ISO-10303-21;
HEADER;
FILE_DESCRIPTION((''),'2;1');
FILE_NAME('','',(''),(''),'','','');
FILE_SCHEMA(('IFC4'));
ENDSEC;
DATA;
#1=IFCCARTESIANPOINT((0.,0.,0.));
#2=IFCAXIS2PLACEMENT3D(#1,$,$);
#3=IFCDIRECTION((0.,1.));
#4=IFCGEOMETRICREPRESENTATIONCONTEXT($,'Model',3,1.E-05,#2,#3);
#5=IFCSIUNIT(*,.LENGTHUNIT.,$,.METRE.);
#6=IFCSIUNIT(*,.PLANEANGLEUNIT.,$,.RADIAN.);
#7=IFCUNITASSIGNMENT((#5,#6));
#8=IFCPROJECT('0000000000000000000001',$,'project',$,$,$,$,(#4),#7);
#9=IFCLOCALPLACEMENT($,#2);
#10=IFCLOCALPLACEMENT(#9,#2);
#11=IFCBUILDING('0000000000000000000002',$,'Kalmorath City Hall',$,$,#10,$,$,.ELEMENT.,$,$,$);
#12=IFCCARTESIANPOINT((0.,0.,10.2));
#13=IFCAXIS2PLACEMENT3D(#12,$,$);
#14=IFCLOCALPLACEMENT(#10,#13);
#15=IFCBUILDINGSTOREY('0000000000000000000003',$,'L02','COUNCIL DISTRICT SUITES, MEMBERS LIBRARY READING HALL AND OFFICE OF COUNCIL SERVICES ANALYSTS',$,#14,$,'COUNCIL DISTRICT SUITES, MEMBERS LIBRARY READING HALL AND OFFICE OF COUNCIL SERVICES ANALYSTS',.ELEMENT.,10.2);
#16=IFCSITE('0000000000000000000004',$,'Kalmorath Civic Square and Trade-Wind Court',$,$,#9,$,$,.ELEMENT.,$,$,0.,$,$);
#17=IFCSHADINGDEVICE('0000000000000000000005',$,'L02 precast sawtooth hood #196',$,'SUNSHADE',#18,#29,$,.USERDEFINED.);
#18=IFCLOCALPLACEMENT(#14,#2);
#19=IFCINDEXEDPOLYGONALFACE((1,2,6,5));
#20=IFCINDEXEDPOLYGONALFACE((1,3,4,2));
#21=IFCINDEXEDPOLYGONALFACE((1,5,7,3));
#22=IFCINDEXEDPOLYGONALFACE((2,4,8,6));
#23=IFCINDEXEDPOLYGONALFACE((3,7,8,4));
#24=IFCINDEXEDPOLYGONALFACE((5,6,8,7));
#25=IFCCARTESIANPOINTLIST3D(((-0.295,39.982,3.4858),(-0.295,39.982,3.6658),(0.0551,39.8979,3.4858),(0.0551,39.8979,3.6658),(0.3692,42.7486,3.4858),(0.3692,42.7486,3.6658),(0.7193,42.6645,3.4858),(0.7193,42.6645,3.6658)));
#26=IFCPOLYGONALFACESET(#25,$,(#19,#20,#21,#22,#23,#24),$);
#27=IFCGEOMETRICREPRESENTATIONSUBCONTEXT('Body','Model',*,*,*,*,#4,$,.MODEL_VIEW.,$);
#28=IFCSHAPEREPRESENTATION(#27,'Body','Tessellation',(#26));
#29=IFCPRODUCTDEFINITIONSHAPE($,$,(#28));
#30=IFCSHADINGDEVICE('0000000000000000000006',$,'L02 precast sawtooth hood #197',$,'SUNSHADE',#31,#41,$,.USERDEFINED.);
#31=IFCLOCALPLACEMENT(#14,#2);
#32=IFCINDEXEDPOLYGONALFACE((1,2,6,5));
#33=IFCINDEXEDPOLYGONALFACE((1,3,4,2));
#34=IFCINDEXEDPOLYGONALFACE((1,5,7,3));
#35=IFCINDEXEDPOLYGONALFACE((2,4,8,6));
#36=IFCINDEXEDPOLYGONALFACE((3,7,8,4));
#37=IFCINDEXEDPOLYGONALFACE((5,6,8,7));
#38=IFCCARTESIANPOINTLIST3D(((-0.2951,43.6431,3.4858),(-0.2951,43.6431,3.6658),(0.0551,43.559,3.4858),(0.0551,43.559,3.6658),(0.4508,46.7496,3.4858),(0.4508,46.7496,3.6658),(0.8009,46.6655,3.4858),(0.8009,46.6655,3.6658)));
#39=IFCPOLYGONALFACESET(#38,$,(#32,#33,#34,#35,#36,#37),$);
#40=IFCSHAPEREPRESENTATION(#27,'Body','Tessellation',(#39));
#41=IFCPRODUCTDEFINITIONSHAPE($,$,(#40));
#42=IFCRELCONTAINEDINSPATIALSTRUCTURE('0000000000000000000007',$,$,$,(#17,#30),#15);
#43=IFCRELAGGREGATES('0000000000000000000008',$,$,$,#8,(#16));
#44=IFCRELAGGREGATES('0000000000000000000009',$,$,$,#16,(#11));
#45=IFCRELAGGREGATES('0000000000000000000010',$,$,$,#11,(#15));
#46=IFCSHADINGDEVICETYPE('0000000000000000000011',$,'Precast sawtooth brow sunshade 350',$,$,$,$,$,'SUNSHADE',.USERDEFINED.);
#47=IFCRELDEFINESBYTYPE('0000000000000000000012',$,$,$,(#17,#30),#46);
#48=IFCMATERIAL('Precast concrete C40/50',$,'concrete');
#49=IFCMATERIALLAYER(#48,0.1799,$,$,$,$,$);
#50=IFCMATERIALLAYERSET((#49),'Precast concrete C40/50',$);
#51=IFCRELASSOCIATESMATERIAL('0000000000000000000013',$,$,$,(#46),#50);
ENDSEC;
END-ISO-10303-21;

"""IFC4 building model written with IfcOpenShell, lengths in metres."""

from ifc_helpers import new_model, si_unit, direction, frame, origin, origin_2d, place, context, subcontext, project, spatial, rectangle, extrude, material, layer, layer_set, type_object, element, save


model = new_model("IFC4")

# Units and contexts
model_context = context("Model", 3, precision=1e-05, world=origin(), true_north=direction((0.0, 1.0)))
body_context = subcontext(model_context, "Body", "Model", "MODEL_VIEW")
ifc_project = project(units=[si_unit("LENGTHUNIT", "METRE"), si_unit("PLANEANGLEUNIT", "RADIAN")], contexts=[model_context])

# Site, building, storey
site_placement = place(None, origin())
site = spatial("IfcSite", under=ifc_project, at=site_placement, Name="Kalmorath Civic Square and Trade-Wind Court", CompositionType="ELEMENT", RefElevation=0.0)
building_placement = place(site_placement, origin())
building = spatial("IfcBuilding", under=site, at=building_placement, Name="Kalmorath City Hall", CompositionType="ELEMENT")
storey_placement = place(building_placement, frame((0.0, 0.0, 10.2)))
storey = spatial("IfcBuildingStorey", under=building, at=storey_placement, Name="L02", Description="COUNCIL DISTRICT SUITES, MEMBERS LIBRARY READING HALL AND OFFICE OF COUNCIL SERVICES ANALYSTS", LongName="COUNCIL DISTRICT SUITES, MEMBERS LIBRARY READING HALL AND OFFICE OF COUNCIL SERVICES ANALYSTS", CompositionType="ELEMENT", Elevation=10.2)

# Shading devices
ifc_material_1 = material(Name="Precast concrete C40/50", Category="concrete")
ifc_layer_1 = layer(ifc_material_1, 0.1799)
ifc_layer_set_1 = layer_set([ifc_layer_1], Name="Precast concrete C40/50")
shading_device_type = type_object("IfcShadingDeviceType", Name="Precast sawtooth brow sunshade 350", ElementType="SUNSHADE", PredefinedType="USERDEFINED", material=ifc_layer_set_1)
shading_device_1_placement = place(storey_placement, frame((0.2122, 41.3232, 3.4858), z_axis=(0.0, 0.0, 1.0), x_axis=(0.233445, 0.97237, 0.0)))
element("IfcShadingDevice", 1, at=shading_device_1_placement, inside=storey, type_object=shading_device_type, Name="L02 precast sawtooth hood #196", ObjectType="SUNSHADE", PredefinedType="USERDEFINED", context=body_context, shape_type="SweptSolid", body=[
    extrude(rectangle(XDim=2.8452, YDim=0.3601, at=origin_2d()), origin(), (0.0, 0.0, 1.0), 0.1799),
])
shading_device_2_placement = place(storey_placement, frame((0.2529, 45.1543, 3.4858), z_axis=(0.0, 0.0, 1.0), x_axis=(0.233445, 0.97237, 0.0)))
element("IfcShadingDevice", 2, at=shading_device_2_placement, inside=storey, type_object=shading_device_type, Name="L02 precast sawtooth hood #197", ObjectType="SUNSHADE", PredefinedType="USERDEFINED", context=body_context, shape_type="SweptSolid", body=[
    extrude(rectangle(XDim=3.1948, YDim=0.3601, at=origin_2d()), origin(), (0.0, 0.0, 1.0), 0.1799),
])

save(model, "model.ifc")
